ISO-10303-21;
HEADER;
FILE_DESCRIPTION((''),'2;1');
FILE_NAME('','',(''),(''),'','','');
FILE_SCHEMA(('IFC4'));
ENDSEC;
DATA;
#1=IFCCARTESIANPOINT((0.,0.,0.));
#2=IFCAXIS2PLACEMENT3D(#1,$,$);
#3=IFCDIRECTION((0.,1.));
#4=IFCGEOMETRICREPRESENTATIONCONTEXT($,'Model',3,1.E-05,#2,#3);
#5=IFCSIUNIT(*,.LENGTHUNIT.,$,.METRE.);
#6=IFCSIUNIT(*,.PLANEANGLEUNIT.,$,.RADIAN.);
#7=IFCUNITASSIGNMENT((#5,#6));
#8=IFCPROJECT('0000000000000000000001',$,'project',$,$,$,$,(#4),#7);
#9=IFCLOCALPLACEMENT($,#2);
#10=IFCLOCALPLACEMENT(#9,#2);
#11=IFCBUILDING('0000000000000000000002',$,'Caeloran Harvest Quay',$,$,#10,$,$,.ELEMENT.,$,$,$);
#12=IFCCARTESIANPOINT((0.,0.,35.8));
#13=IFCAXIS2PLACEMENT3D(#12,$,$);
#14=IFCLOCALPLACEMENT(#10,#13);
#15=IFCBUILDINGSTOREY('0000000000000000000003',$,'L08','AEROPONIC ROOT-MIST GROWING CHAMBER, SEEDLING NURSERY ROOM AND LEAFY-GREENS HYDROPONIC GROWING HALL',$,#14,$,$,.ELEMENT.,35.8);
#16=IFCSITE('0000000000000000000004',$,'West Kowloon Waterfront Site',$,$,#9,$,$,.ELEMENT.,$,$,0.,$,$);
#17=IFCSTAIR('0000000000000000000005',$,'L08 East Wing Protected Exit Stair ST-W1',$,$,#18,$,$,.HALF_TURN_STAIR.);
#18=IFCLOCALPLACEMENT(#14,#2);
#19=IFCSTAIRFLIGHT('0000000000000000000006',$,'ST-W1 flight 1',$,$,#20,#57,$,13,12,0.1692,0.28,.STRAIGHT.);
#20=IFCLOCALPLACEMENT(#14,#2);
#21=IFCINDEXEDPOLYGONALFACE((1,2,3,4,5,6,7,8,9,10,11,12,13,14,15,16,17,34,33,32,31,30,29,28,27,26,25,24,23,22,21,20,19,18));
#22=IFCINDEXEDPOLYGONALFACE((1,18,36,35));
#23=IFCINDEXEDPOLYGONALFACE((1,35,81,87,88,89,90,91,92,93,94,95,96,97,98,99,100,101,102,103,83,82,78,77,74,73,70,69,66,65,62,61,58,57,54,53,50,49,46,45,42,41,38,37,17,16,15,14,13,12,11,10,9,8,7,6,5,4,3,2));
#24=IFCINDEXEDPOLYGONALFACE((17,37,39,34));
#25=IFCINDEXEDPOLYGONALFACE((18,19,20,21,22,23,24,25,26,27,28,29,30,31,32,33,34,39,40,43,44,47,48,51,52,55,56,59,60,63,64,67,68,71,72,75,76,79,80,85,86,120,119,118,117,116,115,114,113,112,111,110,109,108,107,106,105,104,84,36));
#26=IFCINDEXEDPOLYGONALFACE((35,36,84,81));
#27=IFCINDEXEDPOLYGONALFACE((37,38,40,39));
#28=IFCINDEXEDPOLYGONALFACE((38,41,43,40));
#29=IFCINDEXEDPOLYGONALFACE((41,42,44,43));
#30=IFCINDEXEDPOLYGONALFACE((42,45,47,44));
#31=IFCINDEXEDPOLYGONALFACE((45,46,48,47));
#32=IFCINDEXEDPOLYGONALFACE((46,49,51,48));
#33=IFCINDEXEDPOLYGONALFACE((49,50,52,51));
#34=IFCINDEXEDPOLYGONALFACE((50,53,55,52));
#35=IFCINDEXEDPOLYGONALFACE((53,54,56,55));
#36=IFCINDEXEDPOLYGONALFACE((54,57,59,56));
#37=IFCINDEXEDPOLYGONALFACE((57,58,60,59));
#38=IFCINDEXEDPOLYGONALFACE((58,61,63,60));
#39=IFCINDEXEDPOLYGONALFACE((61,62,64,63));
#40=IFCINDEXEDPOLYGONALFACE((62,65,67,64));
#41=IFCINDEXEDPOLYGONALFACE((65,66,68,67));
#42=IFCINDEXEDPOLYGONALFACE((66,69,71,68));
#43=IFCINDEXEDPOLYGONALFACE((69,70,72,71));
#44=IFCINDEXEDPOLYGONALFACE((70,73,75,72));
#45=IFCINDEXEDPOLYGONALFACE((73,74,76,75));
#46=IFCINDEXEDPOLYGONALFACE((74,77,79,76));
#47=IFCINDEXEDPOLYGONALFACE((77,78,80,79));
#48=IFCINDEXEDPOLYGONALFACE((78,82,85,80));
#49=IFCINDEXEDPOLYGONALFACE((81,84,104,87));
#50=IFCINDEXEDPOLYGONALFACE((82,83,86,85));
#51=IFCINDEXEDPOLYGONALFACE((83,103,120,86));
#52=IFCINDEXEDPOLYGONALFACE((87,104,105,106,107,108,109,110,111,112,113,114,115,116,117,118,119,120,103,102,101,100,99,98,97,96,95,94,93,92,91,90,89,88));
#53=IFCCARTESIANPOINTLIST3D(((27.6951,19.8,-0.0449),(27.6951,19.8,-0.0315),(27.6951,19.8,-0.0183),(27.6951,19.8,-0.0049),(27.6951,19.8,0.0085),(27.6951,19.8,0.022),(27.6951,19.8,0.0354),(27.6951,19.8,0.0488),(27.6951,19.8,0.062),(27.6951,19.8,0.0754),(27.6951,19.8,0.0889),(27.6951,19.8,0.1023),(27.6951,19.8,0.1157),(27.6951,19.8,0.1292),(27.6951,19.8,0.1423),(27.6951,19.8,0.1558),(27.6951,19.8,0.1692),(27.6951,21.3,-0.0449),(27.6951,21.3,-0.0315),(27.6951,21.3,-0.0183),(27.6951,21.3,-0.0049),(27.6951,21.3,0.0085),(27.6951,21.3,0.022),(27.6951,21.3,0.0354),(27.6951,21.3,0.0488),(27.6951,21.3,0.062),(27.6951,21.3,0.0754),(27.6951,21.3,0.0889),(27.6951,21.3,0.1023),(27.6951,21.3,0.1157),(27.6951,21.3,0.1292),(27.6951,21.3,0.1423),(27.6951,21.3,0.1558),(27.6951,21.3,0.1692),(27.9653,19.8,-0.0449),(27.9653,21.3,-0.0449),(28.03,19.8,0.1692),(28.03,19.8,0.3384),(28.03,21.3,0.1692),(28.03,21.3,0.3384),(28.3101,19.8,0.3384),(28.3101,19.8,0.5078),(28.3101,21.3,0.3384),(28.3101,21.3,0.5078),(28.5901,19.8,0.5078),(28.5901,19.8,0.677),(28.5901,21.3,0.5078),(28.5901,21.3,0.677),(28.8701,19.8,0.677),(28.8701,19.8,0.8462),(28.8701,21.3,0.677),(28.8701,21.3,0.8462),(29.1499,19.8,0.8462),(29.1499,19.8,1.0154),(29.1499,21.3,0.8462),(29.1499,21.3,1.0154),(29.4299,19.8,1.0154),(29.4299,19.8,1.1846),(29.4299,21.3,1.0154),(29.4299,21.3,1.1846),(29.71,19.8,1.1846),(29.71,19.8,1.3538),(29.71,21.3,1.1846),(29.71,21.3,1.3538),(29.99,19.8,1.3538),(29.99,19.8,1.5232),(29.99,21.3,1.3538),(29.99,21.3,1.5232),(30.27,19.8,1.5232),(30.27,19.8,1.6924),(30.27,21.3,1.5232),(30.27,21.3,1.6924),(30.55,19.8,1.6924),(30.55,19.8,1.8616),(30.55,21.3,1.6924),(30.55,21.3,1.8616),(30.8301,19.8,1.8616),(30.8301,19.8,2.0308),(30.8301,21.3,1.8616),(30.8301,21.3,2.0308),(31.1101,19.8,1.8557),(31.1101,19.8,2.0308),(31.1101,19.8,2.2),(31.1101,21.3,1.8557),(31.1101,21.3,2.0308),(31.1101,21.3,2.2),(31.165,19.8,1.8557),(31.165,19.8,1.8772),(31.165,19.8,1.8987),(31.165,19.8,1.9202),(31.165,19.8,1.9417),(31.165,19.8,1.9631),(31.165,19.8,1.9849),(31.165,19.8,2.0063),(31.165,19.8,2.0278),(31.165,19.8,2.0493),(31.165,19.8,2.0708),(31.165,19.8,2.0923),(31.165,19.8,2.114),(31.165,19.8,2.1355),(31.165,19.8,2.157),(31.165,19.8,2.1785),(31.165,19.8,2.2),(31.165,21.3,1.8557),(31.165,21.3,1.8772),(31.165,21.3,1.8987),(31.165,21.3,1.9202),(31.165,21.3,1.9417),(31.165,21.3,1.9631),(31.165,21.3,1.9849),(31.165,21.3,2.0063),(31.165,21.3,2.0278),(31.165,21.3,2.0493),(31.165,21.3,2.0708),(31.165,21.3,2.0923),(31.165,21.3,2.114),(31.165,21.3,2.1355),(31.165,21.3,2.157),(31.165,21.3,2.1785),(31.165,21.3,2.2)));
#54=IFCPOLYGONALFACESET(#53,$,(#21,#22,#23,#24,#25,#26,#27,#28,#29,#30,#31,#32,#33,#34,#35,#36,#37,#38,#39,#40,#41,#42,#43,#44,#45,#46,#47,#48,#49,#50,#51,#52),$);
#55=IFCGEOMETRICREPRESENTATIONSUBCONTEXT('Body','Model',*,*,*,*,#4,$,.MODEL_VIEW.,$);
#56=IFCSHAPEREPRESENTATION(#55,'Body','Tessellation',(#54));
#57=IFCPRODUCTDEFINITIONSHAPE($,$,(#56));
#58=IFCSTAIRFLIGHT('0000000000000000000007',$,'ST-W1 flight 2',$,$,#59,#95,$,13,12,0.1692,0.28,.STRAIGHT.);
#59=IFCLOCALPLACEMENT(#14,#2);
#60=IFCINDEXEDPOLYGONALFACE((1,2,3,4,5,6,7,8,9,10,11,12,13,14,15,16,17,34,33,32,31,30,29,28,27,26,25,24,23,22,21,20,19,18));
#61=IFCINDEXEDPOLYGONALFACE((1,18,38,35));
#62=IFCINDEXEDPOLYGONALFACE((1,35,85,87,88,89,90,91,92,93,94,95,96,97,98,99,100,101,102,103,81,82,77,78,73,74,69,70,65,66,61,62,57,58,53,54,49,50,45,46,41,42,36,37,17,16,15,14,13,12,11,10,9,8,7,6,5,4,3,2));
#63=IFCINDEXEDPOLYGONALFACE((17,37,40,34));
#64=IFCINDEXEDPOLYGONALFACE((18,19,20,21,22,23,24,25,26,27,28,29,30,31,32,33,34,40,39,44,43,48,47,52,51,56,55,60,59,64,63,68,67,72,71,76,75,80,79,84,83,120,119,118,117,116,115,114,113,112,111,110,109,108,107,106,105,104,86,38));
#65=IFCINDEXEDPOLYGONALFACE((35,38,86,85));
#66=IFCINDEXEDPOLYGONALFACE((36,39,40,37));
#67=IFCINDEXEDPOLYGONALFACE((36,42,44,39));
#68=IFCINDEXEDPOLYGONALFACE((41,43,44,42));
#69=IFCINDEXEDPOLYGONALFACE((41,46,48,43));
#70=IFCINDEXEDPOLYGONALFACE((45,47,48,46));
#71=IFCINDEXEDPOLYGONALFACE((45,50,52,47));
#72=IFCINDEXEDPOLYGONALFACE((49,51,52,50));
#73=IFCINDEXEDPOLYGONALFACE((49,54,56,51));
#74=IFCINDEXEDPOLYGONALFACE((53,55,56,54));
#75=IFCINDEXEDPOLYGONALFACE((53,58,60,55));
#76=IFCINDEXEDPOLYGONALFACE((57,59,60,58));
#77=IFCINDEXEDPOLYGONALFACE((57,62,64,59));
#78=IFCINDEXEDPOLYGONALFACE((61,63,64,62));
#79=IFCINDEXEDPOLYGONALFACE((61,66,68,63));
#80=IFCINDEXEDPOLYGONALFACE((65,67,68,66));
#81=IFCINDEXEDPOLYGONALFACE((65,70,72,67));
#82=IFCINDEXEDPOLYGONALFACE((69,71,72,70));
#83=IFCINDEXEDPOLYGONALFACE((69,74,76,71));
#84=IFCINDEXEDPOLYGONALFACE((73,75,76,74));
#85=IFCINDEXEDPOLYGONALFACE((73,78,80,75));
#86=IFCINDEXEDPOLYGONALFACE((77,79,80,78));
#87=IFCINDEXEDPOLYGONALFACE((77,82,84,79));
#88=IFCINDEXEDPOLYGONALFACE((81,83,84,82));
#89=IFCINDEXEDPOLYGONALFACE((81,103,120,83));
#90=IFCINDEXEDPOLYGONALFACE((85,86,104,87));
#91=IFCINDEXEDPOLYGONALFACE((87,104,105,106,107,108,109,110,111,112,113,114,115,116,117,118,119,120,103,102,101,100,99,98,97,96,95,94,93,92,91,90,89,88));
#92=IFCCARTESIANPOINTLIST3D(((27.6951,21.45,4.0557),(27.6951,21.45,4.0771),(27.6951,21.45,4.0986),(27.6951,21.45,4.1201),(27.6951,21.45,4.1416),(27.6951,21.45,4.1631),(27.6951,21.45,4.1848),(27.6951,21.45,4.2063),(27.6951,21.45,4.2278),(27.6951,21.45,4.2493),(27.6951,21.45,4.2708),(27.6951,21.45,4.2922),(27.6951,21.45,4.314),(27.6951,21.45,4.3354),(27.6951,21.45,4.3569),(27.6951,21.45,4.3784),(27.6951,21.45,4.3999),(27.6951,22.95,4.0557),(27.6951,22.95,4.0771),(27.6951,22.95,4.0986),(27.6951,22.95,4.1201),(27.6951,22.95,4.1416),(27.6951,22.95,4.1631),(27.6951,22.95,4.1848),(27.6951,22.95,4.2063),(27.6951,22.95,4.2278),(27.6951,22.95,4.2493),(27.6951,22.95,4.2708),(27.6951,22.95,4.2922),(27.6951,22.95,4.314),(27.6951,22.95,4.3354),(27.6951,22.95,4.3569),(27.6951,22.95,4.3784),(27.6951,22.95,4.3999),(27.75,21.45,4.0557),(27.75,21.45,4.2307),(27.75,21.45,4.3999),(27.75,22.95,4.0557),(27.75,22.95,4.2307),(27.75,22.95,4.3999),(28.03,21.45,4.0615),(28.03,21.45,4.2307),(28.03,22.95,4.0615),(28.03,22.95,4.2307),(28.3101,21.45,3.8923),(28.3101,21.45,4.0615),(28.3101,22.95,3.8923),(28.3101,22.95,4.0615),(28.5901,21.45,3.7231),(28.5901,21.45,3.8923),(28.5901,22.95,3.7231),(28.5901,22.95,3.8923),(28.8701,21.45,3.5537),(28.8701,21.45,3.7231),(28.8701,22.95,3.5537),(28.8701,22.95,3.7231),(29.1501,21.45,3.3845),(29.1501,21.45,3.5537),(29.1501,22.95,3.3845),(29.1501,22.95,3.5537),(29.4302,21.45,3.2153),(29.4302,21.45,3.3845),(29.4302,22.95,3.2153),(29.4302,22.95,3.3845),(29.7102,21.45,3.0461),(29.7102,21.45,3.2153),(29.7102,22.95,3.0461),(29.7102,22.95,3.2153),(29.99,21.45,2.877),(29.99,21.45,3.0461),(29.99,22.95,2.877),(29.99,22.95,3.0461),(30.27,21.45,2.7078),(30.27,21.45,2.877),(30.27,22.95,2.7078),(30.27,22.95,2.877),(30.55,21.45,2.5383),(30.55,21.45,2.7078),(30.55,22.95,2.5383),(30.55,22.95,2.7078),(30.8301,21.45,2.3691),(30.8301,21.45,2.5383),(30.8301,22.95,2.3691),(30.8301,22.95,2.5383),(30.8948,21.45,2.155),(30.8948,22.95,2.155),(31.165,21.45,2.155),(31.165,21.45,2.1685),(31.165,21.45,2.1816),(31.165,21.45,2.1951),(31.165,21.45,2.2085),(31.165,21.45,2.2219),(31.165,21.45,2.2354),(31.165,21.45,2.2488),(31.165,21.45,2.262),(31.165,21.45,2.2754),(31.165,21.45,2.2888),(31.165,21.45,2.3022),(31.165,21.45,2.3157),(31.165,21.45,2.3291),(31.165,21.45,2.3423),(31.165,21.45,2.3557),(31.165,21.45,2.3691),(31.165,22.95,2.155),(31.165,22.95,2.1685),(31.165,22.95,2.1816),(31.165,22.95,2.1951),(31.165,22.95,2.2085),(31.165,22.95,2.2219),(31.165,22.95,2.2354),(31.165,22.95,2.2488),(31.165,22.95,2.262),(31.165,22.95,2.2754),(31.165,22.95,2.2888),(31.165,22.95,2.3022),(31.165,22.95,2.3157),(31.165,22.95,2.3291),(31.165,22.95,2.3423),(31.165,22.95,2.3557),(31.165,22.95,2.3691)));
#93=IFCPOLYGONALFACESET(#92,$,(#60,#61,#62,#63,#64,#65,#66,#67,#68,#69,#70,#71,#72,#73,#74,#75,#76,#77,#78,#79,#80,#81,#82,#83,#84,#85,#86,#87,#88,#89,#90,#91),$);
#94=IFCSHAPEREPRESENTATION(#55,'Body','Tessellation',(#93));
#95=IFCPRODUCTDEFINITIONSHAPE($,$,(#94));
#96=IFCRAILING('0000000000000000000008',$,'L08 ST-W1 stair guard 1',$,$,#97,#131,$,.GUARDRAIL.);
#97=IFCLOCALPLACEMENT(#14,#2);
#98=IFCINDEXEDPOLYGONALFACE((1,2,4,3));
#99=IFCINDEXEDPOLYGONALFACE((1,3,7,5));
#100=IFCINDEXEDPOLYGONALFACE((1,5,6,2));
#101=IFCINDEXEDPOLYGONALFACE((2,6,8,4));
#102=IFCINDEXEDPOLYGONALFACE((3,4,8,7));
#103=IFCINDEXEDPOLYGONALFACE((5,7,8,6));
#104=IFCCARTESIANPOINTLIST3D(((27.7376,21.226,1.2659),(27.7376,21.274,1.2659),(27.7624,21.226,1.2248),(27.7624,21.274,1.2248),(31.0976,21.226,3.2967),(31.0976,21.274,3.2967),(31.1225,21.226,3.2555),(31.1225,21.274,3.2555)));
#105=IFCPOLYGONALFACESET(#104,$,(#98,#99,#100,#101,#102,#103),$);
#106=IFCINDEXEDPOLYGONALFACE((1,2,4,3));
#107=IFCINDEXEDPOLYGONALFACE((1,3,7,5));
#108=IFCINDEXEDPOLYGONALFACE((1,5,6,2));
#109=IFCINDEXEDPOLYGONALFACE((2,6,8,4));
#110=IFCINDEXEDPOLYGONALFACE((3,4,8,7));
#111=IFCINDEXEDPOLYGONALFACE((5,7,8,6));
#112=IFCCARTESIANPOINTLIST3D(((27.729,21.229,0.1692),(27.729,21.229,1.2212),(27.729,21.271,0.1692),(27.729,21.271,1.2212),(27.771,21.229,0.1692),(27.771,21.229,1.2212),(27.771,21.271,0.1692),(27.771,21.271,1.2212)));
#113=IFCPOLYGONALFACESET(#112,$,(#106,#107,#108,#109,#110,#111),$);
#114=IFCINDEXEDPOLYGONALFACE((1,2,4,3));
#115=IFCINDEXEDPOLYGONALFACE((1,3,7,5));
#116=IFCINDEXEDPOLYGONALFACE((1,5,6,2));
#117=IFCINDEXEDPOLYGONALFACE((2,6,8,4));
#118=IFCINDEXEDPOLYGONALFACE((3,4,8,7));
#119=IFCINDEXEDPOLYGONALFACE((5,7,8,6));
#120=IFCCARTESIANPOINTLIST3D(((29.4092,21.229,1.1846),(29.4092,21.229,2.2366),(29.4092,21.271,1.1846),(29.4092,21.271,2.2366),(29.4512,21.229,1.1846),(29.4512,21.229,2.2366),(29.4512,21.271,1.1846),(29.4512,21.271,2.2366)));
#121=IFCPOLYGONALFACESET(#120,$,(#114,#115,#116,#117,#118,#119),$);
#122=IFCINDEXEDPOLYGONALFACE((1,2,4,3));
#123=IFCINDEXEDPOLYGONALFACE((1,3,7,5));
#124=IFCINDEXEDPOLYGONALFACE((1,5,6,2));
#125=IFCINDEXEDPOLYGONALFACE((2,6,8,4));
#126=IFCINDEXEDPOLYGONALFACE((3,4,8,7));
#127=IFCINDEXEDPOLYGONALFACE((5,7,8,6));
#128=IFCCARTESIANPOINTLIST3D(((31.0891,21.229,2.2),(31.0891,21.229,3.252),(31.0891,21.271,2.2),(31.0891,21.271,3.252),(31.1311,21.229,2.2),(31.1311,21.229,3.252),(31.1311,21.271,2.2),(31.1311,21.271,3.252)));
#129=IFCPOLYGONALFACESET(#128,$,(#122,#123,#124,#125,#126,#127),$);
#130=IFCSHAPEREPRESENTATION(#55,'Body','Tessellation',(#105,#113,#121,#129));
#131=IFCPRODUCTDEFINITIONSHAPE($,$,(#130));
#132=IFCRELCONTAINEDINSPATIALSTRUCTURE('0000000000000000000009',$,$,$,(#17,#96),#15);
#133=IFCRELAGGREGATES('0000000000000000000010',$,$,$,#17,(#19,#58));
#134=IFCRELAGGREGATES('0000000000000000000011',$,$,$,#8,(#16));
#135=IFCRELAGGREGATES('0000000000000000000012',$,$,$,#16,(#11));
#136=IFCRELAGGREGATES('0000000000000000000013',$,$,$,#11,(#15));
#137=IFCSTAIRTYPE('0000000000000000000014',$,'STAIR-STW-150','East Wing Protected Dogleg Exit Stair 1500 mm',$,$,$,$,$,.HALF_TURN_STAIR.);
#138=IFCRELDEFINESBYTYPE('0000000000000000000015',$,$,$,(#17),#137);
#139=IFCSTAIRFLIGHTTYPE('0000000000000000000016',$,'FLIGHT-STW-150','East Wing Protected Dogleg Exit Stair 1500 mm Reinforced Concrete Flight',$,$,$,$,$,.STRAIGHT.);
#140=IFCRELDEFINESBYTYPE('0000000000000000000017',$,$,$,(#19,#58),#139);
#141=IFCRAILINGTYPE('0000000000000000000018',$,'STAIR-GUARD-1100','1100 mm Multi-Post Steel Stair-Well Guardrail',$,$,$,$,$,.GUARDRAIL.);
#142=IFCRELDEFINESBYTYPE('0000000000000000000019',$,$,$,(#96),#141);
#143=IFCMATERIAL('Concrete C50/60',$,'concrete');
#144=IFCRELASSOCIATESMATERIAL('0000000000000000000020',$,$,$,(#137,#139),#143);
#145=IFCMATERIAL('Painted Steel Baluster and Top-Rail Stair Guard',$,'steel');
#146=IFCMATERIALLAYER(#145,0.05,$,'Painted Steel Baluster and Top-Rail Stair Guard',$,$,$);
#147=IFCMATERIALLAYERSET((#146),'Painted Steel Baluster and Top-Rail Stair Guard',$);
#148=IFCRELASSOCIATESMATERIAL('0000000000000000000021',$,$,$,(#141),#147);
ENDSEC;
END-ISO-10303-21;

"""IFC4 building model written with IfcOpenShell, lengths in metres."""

from ifc_helpers import new_model, si_unit, direction, frame, origin, origin_2d, place, context, subcontext, project, spatial, polyline, rectangle, outline, extrude, material, layer, layer_set, type_object, element, aggregate, save


model = new_model("IFC4")

# Units and contexts
model_context = context("Model", 3, precision=1e-05, world=origin(), true_north=direction((0.0, 1.0)))
body_context = subcontext(model_context, "Body", "Model", "MODEL_VIEW")
ifc_project = project(units=[si_unit("LENGTHUNIT", "METRE"), si_unit("PLANEANGLEUNIT", "RADIAN")], contexts=[model_context])

# Site, building, storey
site_placement = place(None, origin())
site = spatial("IfcSite", under=ifc_project, at=site_placement, Name="West Kowloon Waterfront Site", CompositionType="ELEMENT", RefElevation=0.0)
building_placement = place(site_placement, origin())
building = spatial("IfcBuilding", under=site, at=building_placement, Name="Caeloran Harvest Quay", CompositionType="ELEMENT")
storey_placement = place(building_placement, frame((0.0, 0.0, 35.8)))
storey = spatial("IfcBuildingStorey", under=building, at=storey_placement, Name="L08", Description="AEROPONIC ROOT-MIST GROWING CHAMBER, SEEDLING NURSERY ROOM AND LEAFY-GREENS HYDROPONIC GROWING HALL", CompositionType="ELEMENT", Elevation=35.8)

# Stair, stair flights
ifc_material_1 = material(Name="Concrete C50/60", Category="concrete")
stair_type = type_object("IfcStairType", Name="STAIR-STW-150", Description="East Wing Protected Dogleg Exit Stair 1500 mm", PredefinedType="HALF_TURN_STAIR", material=ifc_material_1)
stair_placement = place(storey_placement, origin())
stair = element("IfcStair", 1, at=stair_placement, inside=storey, type_object=stair_type, Name="L08 East Wing Protected Exit Stair ST-W1", PredefinedType="HALF_TURN_STAIR")
stair_flight_type = type_object("IfcStairFlightType", Name="FLIGHT-STW-150", Description="East Wing Protected Dogleg Exit Stair 1500 mm Reinforced Concrete Flight", PredefinedType="STRAIGHT", material=ifc_material_1)
stair_flight_1_placement = place(storey_placement, frame((27.75, 20.55, 0.0), z_axis=(0.0, 0.0, 1.0), x_axis=(1.0, 0.0, 0.0)))
stair_flight_1 = element("IfcStairFlight", 2, at=stair_flight_1_placement, type_object=stair_flight_type, Name="ST-W1 flight 1", NumberOfRisers=13, NumberOfTreads=12, PredefinedType="STRAIGHT", RiserHeight=0.1692, TreadLength=0.28, context=body_context, shape_type="SweptSolid", body=[
    extrude(outline(polyline([(-0.0549, -0.0449), (-0.0549, -0.0315), (-0.0549, -0.0183), (-0.0549, -0.0049), (-0.0549, 0.0085), (-0.0549, 0.022), (-0.0549, 0.0354), (-0.0549, 0.0488), (-0.0549, 0.062), (-0.0549, 0.0754), (-0.0549, 0.0889), (-0.0549, 0.1023), (-0.0549, 0.1157), (-0.0549, 0.1292), (-0.0549, 0.1423), (-0.0549, 0.1558), (-0.0549, 0.1692), (0.28, 0.1692), (0.28, 0.3384), (0.5601, 0.3384), (0.5601, 0.5078), (0.8401, 0.5078), (0.8401, 0.677), (1.1201, 0.677), (1.1201, 0.8462), (1.3999, 0.8462), (1.3999, 1.0154), (1.6799, 1.0154), (1.6799, 1.1846), (1.96, 1.1846), (1.96, 1.3538), (2.24, 1.3538), (2.24, 1.5232), (2.52, 1.5232), (2.52, 1.6924), (2.8, 1.6924), (2.8, 1.8616), (3.0801, 1.8616), (3.0801, 2.0308), (3.3601, 2.0308), (3.3601, 2.2), (3.415, 2.2), (3.415, 2.1785), (3.415, 2.157), (3.415, 2.1355), (3.415, 2.114), (3.415, 2.0923), (3.415, 2.0708), (3.415, 2.0493), (3.415, 2.0278), (3.415, 2.0063), (3.415, 1.9849), (3.415, 1.9631), (3.415, 1.9417), (3.415, 1.9202), (3.415, 1.8987), (3.415, 1.8772), (3.415, 1.8557), (3.3601, 1.8557), (0.2153, -0.0449), (-0.0549, -0.0449)])), frame((0.0, 0.75, 0.0), z_axis=(0.0, -1.0, 0.0), x_axis=(1.0, 0.0, 0.0)), (0.0, 0.0, 1.0), 1.5),
])
stair_flight_2_placement = place(storey_placement, frame((31.1101, 22.2, 2.2), z_axis=(0.0, 0.0, 1.0), x_axis=(-1.0, 0.0, 0.0)))
stair_flight_2 = element("IfcStairFlight", 3, at=stair_flight_2_placement, type_object=stair_flight_type, Name="ST-W1 flight 2", NumberOfRisers=13, NumberOfTreads=12, PredefinedType="STRAIGHT", RiserHeight=0.1692, TreadLength=0.28, context=body_context, shape_type="SweptSolid", body=[
    extrude(outline(polyline([(-0.0549, -0.0449), (-0.0549, -0.0315), (-0.0549, -0.0183), (-0.0549, -0.0049), (-0.0549, 0.0085), (-0.0549, 0.022), (-0.0549, 0.0354), (-0.0549, 0.0488), (-0.0549, 0.062), (-0.0549, 0.0754), (-0.0549, 0.0889), (-0.0549, 0.1023), (-0.0549, 0.1157), (-0.0549, 0.1292), (-0.0549, 0.1423), (-0.0549, 0.1558), (-0.0549, 0.1692), (0.28, 0.1692), (0.28, 0.3384), (0.5601, 0.3384), (0.5601, 0.5078), (0.8401, 0.5078), (0.8401, 0.677), (1.1201, 0.677), (1.1201, 0.8462), (1.3999, 0.8462), (1.3999, 1.0154), (1.6799, 1.0154), (1.6799, 1.1846), (1.96, 1.1846), (1.96, 1.3538), (2.24, 1.3538), (2.24, 1.5232), (2.52, 1.5232), (2.52, 1.6924), (2.8, 1.6924), (2.8, 1.8616), (3.0801, 1.8616), (3.0801, 2.0308), (3.3601, 2.0308), (3.3601, 2.2), (3.415, 2.2), (3.415, 2.1785), (3.415, 2.157), (3.415, 2.1355), (3.415, 2.114), (3.415, 2.0923), (3.415, 2.0708), (3.415, 2.0493), (3.415, 2.0278), (3.415, 2.0063), (3.415, 1.9849), (3.415, 1.9631), (3.415, 1.9417), (3.415, 1.9202), (3.415, 1.8987), (3.415, 1.8772), (3.415, 1.8557), (3.3601, 1.8557), (0.2153, -0.0449), (-0.0549, -0.0449)])), frame((0.0, 0.75, 0.0), z_axis=(0.0, -1.0, 0.0), x_axis=(1.0, 0.0, 0.0)), (0.0, 0.0, 1.0), 1.5),
])
aggregate(stair, [stair_flight_1, stair_flight_2])

# Railing
ifc_material_2 = material(Name="Painted Steel Baluster and Top-Rail Stair Guard", Category="steel")
ifc_layer_1 = layer(ifc_material_2, 0.05, Name="Painted Steel Baluster and Top-Rail Stair Guard")
ifc_layer_set_1 = layer_set([ifc_layer_1], Name="Painted Steel Baluster and Top-Rail Stair Guard")
railing_type_1 = type_object("IfcRailingType", Name="STAIR-GUARD-1100", Description="1100 mm Multi-Post Steel Stair-Well Guardrail", PredefinedType="GUARDRAIL", material=ifc_layer_set_1)
railing_1_placement = place(storey_placement, frame((27.75, 21.25, 0.1692)))
element("IfcRailing", 4, at=railing_1_placement, inside=storey, type_object=railing_type_1, Name="L08 ST-W1 stair guard 1", PredefinedType="GUARDRAIL", context=body_context, shape_type="SweptSolid", body=[
    extrude(rectangle(XDim=0.0481, YDim=0.0481, at=origin_2d()), frame((0.0, 0.0, 1.0762), z_axis=(0.855837, 0.0, 0.517246), x_axis=(0.0, 1.0, 0.0)), (0.0, 0.0, 1.0), 3.926),
    extrude(rectangle(XDim=0.042, YDim=0.042, at=origin_2d()), origin(), (0.0, 0.0, 1.0), 1.052),
    extrude(rectangle(XDim=0.042, YDim=0.042, at=origin_2d()), frame((1.6802, 0.0, 1.0154)), (0.0, 0.0, 1.0), 1.052),
    extrude(rectangle(XDim=0.042, YDim=0.042, at=origin_2d()), frame((3.3601, 0.0, 2.0308)), (0.0, 0.0, 1.0), 1.052),
])

save(model, "model.ifc")
